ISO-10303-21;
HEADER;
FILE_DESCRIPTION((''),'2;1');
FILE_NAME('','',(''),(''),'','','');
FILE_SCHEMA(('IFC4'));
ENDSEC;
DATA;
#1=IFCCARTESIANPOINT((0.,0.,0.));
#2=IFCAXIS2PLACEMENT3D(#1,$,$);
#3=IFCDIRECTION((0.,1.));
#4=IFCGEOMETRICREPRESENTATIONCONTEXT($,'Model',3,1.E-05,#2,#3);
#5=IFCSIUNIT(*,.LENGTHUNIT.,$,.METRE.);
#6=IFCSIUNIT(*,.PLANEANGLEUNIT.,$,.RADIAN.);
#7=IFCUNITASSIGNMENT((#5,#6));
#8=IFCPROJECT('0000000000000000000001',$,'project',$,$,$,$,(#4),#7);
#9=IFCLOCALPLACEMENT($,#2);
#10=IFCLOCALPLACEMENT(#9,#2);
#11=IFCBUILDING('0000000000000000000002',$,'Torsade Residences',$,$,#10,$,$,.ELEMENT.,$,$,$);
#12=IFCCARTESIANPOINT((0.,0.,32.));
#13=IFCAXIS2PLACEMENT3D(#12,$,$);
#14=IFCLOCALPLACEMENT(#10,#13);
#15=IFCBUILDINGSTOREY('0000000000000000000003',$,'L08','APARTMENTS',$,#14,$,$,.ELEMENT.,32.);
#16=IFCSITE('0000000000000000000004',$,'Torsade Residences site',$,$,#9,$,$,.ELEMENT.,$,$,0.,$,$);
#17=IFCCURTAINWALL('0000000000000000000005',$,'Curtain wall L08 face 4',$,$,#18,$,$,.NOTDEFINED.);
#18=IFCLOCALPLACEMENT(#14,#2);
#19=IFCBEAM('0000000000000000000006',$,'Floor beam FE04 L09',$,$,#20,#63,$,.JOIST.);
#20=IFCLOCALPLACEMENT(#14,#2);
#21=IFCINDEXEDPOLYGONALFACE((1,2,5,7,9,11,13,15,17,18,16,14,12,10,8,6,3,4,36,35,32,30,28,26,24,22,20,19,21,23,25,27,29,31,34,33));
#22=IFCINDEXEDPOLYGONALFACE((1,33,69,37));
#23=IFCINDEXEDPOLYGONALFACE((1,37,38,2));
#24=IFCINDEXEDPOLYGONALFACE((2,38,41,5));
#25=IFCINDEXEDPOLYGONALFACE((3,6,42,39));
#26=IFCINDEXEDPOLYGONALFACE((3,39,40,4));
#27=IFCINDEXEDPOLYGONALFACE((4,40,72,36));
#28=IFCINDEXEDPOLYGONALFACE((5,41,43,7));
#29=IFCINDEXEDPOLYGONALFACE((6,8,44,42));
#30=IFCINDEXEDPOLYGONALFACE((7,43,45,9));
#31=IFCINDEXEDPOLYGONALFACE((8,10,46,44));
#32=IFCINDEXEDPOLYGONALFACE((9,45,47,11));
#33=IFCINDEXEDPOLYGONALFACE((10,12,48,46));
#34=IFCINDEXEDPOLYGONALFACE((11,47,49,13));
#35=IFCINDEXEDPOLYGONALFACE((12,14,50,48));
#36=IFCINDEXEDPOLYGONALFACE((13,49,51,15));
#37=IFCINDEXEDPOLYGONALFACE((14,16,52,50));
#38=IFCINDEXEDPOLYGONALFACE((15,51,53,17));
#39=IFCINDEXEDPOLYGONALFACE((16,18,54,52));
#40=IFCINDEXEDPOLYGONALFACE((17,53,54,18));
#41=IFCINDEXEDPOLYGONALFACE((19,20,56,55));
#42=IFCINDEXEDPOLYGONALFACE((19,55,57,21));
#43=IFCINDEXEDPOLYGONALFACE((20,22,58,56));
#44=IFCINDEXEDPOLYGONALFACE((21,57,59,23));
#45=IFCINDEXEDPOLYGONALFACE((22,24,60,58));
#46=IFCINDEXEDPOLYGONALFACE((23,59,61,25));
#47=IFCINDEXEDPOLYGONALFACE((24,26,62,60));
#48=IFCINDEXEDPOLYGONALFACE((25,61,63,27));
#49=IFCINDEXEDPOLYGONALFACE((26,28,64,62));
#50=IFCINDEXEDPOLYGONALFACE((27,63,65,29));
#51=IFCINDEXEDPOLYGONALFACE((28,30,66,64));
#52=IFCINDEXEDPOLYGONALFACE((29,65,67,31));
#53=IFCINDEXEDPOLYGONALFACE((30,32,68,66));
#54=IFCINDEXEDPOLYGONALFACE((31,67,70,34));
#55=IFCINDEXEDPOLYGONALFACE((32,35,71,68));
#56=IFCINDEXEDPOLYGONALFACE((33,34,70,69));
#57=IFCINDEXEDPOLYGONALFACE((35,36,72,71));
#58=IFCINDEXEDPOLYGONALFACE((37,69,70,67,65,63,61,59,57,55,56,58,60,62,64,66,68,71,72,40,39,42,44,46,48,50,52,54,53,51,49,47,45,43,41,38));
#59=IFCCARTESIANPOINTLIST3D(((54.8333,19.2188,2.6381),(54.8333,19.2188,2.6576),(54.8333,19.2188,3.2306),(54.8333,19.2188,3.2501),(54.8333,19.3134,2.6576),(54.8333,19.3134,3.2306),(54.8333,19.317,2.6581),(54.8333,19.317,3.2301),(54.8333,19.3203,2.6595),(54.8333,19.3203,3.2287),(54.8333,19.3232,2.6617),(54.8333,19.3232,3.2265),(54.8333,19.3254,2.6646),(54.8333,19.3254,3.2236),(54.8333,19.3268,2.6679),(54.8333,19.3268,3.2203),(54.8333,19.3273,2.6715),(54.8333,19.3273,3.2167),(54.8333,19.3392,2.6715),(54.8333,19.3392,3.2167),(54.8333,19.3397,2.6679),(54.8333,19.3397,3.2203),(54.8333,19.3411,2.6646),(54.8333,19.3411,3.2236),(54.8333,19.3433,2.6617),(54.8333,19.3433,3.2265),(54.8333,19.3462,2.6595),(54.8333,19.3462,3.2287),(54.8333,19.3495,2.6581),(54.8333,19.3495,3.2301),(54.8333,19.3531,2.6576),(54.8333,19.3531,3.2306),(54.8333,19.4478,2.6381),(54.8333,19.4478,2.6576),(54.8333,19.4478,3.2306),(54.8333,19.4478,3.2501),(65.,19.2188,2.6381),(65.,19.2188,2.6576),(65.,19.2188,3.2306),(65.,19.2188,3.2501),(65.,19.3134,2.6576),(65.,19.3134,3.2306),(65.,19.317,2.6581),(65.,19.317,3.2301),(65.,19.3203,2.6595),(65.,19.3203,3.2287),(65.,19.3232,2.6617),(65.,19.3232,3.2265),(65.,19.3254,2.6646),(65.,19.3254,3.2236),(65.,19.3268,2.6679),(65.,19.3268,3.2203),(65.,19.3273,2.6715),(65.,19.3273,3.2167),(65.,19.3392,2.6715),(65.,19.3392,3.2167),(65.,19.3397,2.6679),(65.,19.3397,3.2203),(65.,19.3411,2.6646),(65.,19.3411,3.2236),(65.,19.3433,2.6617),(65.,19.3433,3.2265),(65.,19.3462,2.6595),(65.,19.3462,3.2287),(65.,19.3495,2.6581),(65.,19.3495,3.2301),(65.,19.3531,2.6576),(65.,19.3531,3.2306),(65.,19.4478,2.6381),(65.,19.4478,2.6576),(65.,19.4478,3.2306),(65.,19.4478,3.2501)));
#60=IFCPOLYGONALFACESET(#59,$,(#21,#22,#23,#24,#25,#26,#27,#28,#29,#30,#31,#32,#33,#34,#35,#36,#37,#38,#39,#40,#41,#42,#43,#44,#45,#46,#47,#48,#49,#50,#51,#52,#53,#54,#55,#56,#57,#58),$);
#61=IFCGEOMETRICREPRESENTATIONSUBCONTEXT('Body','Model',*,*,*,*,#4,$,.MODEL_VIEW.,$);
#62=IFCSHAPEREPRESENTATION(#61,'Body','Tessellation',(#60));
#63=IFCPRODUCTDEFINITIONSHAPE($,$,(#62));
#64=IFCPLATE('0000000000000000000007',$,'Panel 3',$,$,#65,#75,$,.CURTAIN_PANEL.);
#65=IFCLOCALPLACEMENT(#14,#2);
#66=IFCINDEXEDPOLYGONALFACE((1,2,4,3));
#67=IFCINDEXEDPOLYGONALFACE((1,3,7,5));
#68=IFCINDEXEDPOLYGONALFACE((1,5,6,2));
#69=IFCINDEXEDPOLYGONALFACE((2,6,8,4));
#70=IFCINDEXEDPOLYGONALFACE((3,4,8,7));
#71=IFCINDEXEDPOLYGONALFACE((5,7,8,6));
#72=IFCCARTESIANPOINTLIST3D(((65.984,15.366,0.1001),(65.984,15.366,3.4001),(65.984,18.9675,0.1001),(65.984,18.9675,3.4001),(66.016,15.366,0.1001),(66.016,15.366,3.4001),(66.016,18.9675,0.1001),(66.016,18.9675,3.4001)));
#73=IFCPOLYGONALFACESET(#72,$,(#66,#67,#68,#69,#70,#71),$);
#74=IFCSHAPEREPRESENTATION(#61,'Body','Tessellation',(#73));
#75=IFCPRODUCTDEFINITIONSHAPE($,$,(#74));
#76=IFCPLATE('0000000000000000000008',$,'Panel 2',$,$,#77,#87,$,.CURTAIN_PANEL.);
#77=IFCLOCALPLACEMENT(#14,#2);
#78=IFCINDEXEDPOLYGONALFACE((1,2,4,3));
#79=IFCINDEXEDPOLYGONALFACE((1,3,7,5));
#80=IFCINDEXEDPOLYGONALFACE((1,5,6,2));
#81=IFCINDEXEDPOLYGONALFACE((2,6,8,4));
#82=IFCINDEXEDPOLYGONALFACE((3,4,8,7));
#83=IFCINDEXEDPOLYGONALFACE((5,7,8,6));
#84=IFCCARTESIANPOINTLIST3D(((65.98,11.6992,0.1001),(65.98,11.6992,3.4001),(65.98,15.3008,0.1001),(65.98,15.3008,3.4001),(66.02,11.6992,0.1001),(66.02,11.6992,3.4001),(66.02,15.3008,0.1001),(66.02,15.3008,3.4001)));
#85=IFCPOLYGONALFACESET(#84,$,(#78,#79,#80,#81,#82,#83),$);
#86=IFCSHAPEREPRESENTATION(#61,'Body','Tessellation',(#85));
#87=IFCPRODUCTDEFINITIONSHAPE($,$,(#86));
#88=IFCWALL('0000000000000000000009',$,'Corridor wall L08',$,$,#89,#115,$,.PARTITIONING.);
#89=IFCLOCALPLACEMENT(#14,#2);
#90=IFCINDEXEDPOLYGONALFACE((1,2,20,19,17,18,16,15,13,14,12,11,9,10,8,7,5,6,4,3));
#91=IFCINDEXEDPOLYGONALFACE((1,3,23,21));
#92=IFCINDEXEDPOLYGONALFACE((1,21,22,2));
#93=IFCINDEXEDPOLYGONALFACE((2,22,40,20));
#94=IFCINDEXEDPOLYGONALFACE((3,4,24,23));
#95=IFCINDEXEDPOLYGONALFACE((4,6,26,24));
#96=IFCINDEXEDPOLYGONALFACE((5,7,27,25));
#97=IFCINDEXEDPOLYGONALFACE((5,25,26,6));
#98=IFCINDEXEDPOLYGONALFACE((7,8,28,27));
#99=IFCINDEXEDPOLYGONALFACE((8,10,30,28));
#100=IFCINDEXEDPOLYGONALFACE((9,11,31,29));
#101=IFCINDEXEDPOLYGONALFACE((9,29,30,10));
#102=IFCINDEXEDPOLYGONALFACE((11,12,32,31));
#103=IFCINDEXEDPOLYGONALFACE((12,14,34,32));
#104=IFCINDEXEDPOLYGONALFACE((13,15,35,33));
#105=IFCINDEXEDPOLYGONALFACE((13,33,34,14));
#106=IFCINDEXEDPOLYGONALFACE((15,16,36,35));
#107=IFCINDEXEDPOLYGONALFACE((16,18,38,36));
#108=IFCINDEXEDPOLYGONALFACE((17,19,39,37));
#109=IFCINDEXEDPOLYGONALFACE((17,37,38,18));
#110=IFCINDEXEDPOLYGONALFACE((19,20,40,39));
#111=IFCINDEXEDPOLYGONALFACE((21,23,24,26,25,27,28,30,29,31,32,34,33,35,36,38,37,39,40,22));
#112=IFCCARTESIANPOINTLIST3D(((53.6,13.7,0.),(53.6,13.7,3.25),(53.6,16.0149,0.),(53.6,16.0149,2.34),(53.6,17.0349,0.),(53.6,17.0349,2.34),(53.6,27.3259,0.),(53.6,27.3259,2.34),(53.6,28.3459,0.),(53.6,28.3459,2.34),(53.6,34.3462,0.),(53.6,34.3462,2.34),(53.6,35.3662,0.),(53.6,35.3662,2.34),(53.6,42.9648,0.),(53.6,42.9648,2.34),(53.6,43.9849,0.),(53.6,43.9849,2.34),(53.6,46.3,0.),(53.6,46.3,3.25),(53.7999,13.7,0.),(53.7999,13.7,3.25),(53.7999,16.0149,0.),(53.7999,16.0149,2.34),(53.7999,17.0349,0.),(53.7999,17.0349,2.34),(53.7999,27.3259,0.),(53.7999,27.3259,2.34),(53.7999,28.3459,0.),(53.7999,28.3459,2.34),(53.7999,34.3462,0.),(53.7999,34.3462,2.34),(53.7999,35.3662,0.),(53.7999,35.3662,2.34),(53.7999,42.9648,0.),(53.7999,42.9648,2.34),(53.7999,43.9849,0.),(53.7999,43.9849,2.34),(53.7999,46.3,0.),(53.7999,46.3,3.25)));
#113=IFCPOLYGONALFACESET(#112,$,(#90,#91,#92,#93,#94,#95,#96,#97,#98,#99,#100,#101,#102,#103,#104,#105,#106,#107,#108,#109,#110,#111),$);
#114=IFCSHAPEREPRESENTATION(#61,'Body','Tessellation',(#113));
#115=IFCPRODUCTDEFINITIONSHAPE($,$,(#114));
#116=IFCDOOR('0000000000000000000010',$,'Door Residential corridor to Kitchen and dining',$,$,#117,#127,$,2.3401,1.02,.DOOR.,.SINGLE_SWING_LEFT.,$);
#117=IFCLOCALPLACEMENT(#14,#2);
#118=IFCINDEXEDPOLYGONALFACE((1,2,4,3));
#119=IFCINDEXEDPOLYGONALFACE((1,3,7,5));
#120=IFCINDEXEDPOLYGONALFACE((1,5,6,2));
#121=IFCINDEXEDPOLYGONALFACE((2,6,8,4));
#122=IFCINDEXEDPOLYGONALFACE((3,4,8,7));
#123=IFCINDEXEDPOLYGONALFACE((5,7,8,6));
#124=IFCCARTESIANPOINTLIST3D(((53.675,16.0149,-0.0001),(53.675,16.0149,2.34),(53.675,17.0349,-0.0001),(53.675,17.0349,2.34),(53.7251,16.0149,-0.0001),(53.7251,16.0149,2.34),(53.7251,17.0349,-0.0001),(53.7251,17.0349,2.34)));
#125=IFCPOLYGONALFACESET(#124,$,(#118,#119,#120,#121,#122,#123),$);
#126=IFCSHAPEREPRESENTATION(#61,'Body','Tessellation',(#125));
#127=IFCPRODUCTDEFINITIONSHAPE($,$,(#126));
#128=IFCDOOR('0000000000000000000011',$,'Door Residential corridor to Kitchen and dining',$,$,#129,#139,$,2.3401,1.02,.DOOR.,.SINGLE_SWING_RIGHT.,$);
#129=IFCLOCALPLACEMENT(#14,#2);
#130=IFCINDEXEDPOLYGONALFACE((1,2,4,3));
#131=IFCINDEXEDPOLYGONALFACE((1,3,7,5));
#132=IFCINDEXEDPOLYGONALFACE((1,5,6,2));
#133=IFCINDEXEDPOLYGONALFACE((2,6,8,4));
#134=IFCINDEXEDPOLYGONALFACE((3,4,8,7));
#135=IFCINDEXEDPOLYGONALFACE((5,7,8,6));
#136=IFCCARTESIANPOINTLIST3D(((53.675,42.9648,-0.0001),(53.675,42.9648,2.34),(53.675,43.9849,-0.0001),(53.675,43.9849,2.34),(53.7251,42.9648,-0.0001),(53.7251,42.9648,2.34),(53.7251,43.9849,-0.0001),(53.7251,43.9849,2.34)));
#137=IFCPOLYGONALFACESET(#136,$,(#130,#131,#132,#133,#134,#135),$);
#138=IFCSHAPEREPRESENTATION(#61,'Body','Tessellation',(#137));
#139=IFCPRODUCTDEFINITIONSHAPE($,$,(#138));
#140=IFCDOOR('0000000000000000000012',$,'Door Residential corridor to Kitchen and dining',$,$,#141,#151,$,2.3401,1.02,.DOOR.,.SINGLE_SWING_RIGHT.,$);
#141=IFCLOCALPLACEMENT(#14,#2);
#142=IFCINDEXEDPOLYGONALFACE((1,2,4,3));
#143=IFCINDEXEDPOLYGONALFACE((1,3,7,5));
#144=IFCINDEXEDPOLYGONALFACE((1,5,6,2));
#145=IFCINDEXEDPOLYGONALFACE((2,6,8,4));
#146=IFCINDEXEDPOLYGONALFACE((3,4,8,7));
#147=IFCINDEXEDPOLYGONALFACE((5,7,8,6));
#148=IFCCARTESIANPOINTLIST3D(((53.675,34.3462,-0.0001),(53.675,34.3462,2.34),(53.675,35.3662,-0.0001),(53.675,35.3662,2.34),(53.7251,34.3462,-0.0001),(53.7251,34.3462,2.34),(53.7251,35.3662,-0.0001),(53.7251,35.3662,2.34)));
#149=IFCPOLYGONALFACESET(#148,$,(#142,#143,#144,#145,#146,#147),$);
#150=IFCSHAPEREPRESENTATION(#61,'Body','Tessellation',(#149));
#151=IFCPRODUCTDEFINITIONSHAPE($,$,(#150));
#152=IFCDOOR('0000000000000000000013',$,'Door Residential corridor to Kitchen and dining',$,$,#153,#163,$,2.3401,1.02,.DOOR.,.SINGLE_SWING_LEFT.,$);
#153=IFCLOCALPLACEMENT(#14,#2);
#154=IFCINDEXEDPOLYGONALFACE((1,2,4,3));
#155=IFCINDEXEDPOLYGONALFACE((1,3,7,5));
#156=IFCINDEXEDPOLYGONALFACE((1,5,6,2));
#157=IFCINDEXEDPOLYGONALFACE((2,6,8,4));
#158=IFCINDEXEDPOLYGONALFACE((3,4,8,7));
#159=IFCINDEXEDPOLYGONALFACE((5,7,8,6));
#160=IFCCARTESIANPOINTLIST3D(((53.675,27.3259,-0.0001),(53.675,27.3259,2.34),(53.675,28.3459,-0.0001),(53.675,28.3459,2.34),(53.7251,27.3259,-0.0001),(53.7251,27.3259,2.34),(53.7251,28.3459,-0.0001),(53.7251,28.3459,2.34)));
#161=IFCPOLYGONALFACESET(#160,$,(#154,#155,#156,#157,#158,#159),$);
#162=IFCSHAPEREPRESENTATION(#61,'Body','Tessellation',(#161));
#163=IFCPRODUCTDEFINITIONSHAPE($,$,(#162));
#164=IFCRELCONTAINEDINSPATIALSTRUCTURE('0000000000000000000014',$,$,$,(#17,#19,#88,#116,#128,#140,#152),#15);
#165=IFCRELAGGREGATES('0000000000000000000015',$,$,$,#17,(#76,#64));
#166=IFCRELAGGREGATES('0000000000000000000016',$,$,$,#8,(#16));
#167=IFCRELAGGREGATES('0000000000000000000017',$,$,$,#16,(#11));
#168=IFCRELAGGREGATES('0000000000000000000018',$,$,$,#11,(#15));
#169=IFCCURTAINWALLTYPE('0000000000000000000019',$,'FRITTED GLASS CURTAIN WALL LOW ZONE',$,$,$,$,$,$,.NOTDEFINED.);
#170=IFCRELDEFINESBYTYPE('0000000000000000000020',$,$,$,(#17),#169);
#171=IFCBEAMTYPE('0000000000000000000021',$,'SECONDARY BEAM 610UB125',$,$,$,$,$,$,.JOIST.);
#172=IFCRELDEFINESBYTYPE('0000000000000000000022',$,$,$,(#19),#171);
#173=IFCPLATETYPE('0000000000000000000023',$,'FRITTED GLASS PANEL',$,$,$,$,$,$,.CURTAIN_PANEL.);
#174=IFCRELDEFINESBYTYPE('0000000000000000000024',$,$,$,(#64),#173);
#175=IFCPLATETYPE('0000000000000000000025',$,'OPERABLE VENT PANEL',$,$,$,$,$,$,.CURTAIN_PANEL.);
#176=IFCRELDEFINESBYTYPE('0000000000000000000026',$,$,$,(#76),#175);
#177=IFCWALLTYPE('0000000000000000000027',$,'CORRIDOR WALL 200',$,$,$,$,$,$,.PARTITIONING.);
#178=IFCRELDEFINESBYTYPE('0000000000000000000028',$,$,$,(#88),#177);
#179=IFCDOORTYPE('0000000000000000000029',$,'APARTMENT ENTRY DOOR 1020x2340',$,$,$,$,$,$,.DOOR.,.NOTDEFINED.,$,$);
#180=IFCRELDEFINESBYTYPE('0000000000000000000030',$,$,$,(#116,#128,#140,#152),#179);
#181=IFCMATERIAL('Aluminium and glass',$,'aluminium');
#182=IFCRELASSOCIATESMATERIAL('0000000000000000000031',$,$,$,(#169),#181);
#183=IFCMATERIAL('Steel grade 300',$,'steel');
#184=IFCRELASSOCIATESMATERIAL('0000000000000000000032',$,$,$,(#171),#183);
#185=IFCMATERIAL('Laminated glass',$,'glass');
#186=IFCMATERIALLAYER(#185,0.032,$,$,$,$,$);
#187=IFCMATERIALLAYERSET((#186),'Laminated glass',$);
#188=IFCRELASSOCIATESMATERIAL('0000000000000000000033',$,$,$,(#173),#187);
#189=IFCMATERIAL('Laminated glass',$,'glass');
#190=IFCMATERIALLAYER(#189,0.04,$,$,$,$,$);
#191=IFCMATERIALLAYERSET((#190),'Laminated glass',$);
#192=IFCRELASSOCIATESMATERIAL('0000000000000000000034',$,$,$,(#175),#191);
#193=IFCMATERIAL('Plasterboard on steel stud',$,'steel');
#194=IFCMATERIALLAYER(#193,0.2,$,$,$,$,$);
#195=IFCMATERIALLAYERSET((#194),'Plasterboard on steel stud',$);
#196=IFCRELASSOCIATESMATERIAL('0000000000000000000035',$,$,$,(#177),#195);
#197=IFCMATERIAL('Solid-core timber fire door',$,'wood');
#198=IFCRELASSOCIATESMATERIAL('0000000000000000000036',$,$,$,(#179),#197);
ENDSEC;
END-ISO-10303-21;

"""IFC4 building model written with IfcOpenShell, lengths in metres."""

from ifc_helpers import new_model, si_unit, direction, frame, frame_2d, origin, origin_2d, place, context, subcontext, project, spatial, rectangle, i_section, extrude, material, layer, layer_set, material_profile, profile_set, type_object, element, fill, aggregate, save


model = new_model("IFC4")

# Units and contexts
model_context = context("Model", 3, precision=1e-05, world=origin(), true_north=direction((0.0, 1.0)))
body_context = subcontext(model_context, "Body", "Model", "MODEL_VIEW")
ifc_project = project(units=[si_unit("LENGTHUNIT", "METRE"), si_unit("PLANEANGLEUNIT", "RADIAN")], contexts=[model_context])

# Site, building, storey
site_placement = place(None, origin())
site = spatial("IfcSite", under=ifc_project, at=site_placement, Name="Torsade Residences site", CompositionType="ELEMENT", RefElevation=0.0)
building_placement = place(site_placement, origin())
building = spatial("IfcBuilding", under=site, at=building_placement, Name="Torsade Residences", CompositionType="ELEMENT")
storey_placement = place(building_placement, frame((0.0, 0.0, 32.0)))
storey = spatial("IfcBuildingStorey", under=building, at=storey_placement, Name="L08", Description="APARTMENTS", CompositionType="ELEMENT", Elevation=32.0)

# Curtain wall
ifc_material_1 = material(Name="Aluminium and glass", Category="aluminium")
curtain_wall_type = type_object("IfcCurtainWallType", Name="FRITTED GLASS CURTAIN WALL LOW ZONE", PredefinedType="NOTDEFINED", material=ifc_material_1)
curtain_wall_placement = place(storey_placement, origin())
curtain_wall = element("IfcCurtainWall", 1, at=curtain_wall_placement, inside=storey, type_object=curtain_wall_type, Name="Curtain wall L08 face 4", PredefinedType="NOTDEFINED")

# Beam
ifc_material_2 = material(Name="Steel grade 300", Category="steel")
ifc_material_profile_1 = material_profile(ifc_material_2, i_section(OverallWidth=0.229, OverallDepth=0.6121, WebThickness=0.012, FlangeThickness=0.0195, FilletRadius=0.0139, at=origin_2d()), Name="610UB125")
ifc_profile_set_1 = profile_set([ifc_material_profile_1], Name="Steel grade 300")
beam_type_1 = type_object("IfcBeamType", Name="SECONDARY BEAM 610UB125", PredefinedType="JOIST", material=ifc_profile_set_1)
beam_1_placement = place(storey_placement, frame((65.0, 19.3333, 2.9441), z_axis=(-1.0, 0.0, 0.0), x_axis=(0.0, -1.0, 0.0)))
element("IfcBeam", 2, at=beam_1_placement, inside=storey, type_object=beam_type_1, Name="Floor beam FE04 L09", PredefinedType="JOIST", context=body_context, shape_type="SweptSolid", body=[
    extrude(i_section(OverallWidth=0.229, OverallDepth=0.6121, WebThickness=0.012, FlangeThickness=0.0195, FilletRadius=0.0139, at=origin_2d()), origin(), (0.0, 0.0, 1.0), 10.1667),
])

# Plates
ifc_material_3 = material(Name="Laminated glass", Category="glass")
ifc_layer_1 = layer(ifc_material_3, 0.032)
ifc_layer_set_1 = layer_set([ifc_layer_1], Name="Laminated glass")
plate_type_1 = type_object("IfcPlateType", Name="FRITTED GLASS PANEL", PredefinedType="CURTAIN_PANEL", material=ifc_layer_set_1)
plate_1_placement = place(storey_placement, frame((66.0, 17.1667, 0.1001), z_axis=(0.0, 0.0, 1.0), x_axis=(0.0, 1.0, 0.0)))
plate_1 = element("IfcPlate", 3, at=plate_1_placement, type_object=plate_type_1, Name="Panel 3", PredefinedType="CURTAIN_PANEL", context=body_context, shape_type="SweptSolid", body=[
    extrude(rectangle(XDim=3.6016, YDim=0.032, at=origin_2d()), origin(), (0.0, 0.0, 1.0), 3.3),
])
ifc_material_4 = material(Name="Laminated glass", Category="glass")
ifc_layer_2 = layer(ifc_material_4, 0.04)
ifc_layer_set_2 = layer_set([ifc_layer_2], Name="Laminated glass")
plate_type_2 = type_object("IfcPlateType", Name="OPERABLE VENT PANEL", PredefinedType="CURTAIN_PANEL", material=ifc_layer_set_2)
plate_2_placement = place(storey_placement, frame((66.0, 13.5, 0.1001), z_axis=(0.0, 0.0, 1.0), x_axis=(0.0, 1.0, 0.0)))
plate_2 = element("IfcPlate", 4, at=plate_2_placement, type_object=plate_type_2, Name="Panel 2", PredefinedType="CURTAIN_PANEL", context=body_context, shape_type="SweptSolid", body=[
    extrude(rectangle(XDim=3.6016, YDim=0.04, at=origin_2d()), origin(), (0.0, 0.0, 1.0), 3.3),
])
aggregate(curtain_wall, [plate_2, plate_1])

# Wall, openings, doors
ifc_material_5 = material(Name="Plasterboard on steel stud", Category="steel")
ifc_layer_3 = layer(ifc_material_5, 0.2)
ifc_layer_set_3 = layer_set([ifc_layer_3], Name="Plasterboard on steel stud")
wall_type_1 = type_object("IfcWallType", Name="CORRIDOR WALL 200", PredefinedType="PARTITIONING", material=ifc_layer_set_3)
wall_1_placement = place(storey_placement, frame((53.7, 13.7, 0.0), z_axis=(0.0, 0.0, 1.0), x_axis=(0.0, 1.0, 0.0)))
wall_1 = element("IfcWall", 5, at=wall_1_placement, inside=storey, type_object=wall_type_1, Name="Corridor wall L08", PredefinedType="PARTITIONING", context=body_context, shape_type="SweptSolid", body=[
    extrude(rectangle(XDim=32.6001, YDim=0.2, at=frame_2d((16.3, 0.0))), origin(), (0.0, 0.0, 1.0), 3.25),
])
opening_1_placement = place(wall_1_placement, frame((2.3149, 0.0, 0.0)))
opening_1 = element("IfcOpeningElement", 6, at=opening_1_placement, cuts=wall_1, PredefinedType="OPENING", context=body_context, shape_type="SweptSolid", body=[
    extrude(rectangle(XDim=1.02, YDim=2.3401, at=frame_2d((0.51, 1.1699))), frame((0.0, 0.1099, 0.0), z_axis=(0.0, -1.0, 0.0), x_axis=(1.0, 0.0, 0.0)), (0.0, 0.0, 1.0), 0.22),
])
opening_2_placement = place(wall_1_placement, frame((29.2649, 0.0, 0.0)))
opening_2 = element("IfcOpeningElement", 7, at=opening_2_placement, cuts=wall_1, PredefinedType="OPENING", context=body_context, shape_type="SweptSolid", body=[
    extrude(rectangle(XDim=1.02, YDim=2.3401, at=frame_2d((0.51, 1.1699))), frame((0.0, 0.1099, 0.0), z_axis=(0.0, -1.0, 0.0), x_axis=(1.0, 0.0, 0.0)), (0.0, 0.0, 1.0), 0.22),
])
opening_3_placement = place(wall_1_placement, frame((20.6462, 0.0, 0.0)))
opening_3 = element("IfcOpeningElement", 8, at=opening_3_placement, cuts=wall_1, PredefinedType="OPENING", context=body_context, shape_type="SweptSolid", body=[
    extrude(rectangle(XDim=1.02, YDim=2.3401, at=frame_2d((0.51, 1.1699))), frame((0.0, 0.1099, 0.0), z_axis=(0.0, -1.0, 0.0), x_axis=(1.0, 0.0, 0.0)), (0.0, 0.0, 1.0), 0.22),
])
opening_4_placement = place(wall_1_placement, frame((13.626, 0.0, 0.0)))
opening_4 = element("IfcOpeningElement", 9, at=opening_4_placement, cuts=wall_1, PredefinedType="OPENING", context=body_context, shape_type="SweptSolid", body=[
    extrude(rectangle(XDim=1.02, YDim=2.3401, at=frame_2d((0.51, 1.1699))), frame((0.0, 0.1099, 0.0), z_axis=(0.0, -1.0, 0.0), x_axis=(1.0, 0.0, 0.0)), (0.0, 0.0, 1.0), 0.22),
])
ifc_material_6 = material(Name="Solid-core timber fire door", Category="wood")
door_type_1 = type_object("IfcDoorType", Name="APARTMENT ENTRY DOOR 1020x2340", OperationType="NOTDEFINED", PredefinedType="DOOR", material=ifc_material_6)
door_1_placement = place(opening_1_placement, origin())
door_1 = element("IfcDoor", 10, at=door_1_placement, inside=storey, type_object=door_type_1, Name="Door Residential corridor to Kitchen and dining", OperationType="SINGLE_SWING_LEFT", OverallHeight=2.3401, OverallWidth=1.02, PredefinedType="DOOR", context=body_context, shape_type="SweptSolid", body=[
    extrude(rectangle(XDim=1.02, YDim=2.3401, at=frame_2d((0.51, 1.1699))), frame((0.0, 0.0249, 0.0), z_axis=(0.0, -1.0, 0.0), x_axis=(1.0, 0.0, 0.0)), (0.0, 0.0, 1.0), 0.05),
])
fill(opening_1, door_1)
door_2_placement = place(opening_2_placement, origin())
door_2 = element("IfcDoor", 11, at=door_2_placement, inside=storey, type_object=door_type_1, Name="Door Residential corridor to Kitchen and dining", OperationType="SINGLE_SWING_RIGHT", OverallHeight=2.3401, OverallWidth=1.02, PredefinedType="DOOR", context=body_context, shape_type="SweptSolid", body=[
    extrude(rectangle(XDim=1.02, YDim=2.3401, at=frame_2d((0.51, 1.1699))), frame((0.0, 0.0249, 0.0), z_axis=(0.0, -1.0, 0.0), x_axis=(1.0, 0.0, 0.0)), (0.0, 0.0, 1.0), 0.05),
])
fill(opening_2, door_2)
door_3_placement = place(opening_3_placement, origin())
door_3 = element("IfcDoor", 12, at=door_3_placement, inside=storey, type_object=door_type_1, Name="Door Residential corridor to Kitchen and dining", OperationType="SINGLE_SWING_RIGHT", OverallHeight=2.3401, OverallWidth=1.02, PredefinedType="DOOR", context=body_context, shape_type="SweptSolid", body=[
    extrude(rectangle(XDim=1.02, YDim=2.3401, at=frame_2d((0.51, 1.1699))), frame((0.0, 0.0249, 0.0), z_axis=(0.0, -1.0, 0.0), x_axis=(1.0, 0.0, 0.0)), (0.0, 0.0, 1.0), 0.05),
])
fill(opening_3, door_3)
door_4_placement = place(opening_4_placement, origin())
door_4 = element("IfcDoor", 13, at=door_4_placement, inside=storey, type_object=door_type_1, Name="Door Residential corridor to Kitchen and dining", OperationType="SINGLE_SWING_LEFT", OverallHeight=2.3401, OverallWidth=1.02, PredefinedType="DOOR", context=body_context, shape_type="SweptSolid", body=[
    extrude(rectangle(XDim=1.02, YDim=2.3401, at=frame_2d((0.51, 1.1699))), frame((0.0, 0.0249, 0.0), z_axis=(0.0, -1.0, 0.0), x_axis=(1.0, 0.0, 0.0)), (0.0, 0.0, 1.0), 0.05),
])
fill(opening_4, door_4)

save(model, "model.ifc")
